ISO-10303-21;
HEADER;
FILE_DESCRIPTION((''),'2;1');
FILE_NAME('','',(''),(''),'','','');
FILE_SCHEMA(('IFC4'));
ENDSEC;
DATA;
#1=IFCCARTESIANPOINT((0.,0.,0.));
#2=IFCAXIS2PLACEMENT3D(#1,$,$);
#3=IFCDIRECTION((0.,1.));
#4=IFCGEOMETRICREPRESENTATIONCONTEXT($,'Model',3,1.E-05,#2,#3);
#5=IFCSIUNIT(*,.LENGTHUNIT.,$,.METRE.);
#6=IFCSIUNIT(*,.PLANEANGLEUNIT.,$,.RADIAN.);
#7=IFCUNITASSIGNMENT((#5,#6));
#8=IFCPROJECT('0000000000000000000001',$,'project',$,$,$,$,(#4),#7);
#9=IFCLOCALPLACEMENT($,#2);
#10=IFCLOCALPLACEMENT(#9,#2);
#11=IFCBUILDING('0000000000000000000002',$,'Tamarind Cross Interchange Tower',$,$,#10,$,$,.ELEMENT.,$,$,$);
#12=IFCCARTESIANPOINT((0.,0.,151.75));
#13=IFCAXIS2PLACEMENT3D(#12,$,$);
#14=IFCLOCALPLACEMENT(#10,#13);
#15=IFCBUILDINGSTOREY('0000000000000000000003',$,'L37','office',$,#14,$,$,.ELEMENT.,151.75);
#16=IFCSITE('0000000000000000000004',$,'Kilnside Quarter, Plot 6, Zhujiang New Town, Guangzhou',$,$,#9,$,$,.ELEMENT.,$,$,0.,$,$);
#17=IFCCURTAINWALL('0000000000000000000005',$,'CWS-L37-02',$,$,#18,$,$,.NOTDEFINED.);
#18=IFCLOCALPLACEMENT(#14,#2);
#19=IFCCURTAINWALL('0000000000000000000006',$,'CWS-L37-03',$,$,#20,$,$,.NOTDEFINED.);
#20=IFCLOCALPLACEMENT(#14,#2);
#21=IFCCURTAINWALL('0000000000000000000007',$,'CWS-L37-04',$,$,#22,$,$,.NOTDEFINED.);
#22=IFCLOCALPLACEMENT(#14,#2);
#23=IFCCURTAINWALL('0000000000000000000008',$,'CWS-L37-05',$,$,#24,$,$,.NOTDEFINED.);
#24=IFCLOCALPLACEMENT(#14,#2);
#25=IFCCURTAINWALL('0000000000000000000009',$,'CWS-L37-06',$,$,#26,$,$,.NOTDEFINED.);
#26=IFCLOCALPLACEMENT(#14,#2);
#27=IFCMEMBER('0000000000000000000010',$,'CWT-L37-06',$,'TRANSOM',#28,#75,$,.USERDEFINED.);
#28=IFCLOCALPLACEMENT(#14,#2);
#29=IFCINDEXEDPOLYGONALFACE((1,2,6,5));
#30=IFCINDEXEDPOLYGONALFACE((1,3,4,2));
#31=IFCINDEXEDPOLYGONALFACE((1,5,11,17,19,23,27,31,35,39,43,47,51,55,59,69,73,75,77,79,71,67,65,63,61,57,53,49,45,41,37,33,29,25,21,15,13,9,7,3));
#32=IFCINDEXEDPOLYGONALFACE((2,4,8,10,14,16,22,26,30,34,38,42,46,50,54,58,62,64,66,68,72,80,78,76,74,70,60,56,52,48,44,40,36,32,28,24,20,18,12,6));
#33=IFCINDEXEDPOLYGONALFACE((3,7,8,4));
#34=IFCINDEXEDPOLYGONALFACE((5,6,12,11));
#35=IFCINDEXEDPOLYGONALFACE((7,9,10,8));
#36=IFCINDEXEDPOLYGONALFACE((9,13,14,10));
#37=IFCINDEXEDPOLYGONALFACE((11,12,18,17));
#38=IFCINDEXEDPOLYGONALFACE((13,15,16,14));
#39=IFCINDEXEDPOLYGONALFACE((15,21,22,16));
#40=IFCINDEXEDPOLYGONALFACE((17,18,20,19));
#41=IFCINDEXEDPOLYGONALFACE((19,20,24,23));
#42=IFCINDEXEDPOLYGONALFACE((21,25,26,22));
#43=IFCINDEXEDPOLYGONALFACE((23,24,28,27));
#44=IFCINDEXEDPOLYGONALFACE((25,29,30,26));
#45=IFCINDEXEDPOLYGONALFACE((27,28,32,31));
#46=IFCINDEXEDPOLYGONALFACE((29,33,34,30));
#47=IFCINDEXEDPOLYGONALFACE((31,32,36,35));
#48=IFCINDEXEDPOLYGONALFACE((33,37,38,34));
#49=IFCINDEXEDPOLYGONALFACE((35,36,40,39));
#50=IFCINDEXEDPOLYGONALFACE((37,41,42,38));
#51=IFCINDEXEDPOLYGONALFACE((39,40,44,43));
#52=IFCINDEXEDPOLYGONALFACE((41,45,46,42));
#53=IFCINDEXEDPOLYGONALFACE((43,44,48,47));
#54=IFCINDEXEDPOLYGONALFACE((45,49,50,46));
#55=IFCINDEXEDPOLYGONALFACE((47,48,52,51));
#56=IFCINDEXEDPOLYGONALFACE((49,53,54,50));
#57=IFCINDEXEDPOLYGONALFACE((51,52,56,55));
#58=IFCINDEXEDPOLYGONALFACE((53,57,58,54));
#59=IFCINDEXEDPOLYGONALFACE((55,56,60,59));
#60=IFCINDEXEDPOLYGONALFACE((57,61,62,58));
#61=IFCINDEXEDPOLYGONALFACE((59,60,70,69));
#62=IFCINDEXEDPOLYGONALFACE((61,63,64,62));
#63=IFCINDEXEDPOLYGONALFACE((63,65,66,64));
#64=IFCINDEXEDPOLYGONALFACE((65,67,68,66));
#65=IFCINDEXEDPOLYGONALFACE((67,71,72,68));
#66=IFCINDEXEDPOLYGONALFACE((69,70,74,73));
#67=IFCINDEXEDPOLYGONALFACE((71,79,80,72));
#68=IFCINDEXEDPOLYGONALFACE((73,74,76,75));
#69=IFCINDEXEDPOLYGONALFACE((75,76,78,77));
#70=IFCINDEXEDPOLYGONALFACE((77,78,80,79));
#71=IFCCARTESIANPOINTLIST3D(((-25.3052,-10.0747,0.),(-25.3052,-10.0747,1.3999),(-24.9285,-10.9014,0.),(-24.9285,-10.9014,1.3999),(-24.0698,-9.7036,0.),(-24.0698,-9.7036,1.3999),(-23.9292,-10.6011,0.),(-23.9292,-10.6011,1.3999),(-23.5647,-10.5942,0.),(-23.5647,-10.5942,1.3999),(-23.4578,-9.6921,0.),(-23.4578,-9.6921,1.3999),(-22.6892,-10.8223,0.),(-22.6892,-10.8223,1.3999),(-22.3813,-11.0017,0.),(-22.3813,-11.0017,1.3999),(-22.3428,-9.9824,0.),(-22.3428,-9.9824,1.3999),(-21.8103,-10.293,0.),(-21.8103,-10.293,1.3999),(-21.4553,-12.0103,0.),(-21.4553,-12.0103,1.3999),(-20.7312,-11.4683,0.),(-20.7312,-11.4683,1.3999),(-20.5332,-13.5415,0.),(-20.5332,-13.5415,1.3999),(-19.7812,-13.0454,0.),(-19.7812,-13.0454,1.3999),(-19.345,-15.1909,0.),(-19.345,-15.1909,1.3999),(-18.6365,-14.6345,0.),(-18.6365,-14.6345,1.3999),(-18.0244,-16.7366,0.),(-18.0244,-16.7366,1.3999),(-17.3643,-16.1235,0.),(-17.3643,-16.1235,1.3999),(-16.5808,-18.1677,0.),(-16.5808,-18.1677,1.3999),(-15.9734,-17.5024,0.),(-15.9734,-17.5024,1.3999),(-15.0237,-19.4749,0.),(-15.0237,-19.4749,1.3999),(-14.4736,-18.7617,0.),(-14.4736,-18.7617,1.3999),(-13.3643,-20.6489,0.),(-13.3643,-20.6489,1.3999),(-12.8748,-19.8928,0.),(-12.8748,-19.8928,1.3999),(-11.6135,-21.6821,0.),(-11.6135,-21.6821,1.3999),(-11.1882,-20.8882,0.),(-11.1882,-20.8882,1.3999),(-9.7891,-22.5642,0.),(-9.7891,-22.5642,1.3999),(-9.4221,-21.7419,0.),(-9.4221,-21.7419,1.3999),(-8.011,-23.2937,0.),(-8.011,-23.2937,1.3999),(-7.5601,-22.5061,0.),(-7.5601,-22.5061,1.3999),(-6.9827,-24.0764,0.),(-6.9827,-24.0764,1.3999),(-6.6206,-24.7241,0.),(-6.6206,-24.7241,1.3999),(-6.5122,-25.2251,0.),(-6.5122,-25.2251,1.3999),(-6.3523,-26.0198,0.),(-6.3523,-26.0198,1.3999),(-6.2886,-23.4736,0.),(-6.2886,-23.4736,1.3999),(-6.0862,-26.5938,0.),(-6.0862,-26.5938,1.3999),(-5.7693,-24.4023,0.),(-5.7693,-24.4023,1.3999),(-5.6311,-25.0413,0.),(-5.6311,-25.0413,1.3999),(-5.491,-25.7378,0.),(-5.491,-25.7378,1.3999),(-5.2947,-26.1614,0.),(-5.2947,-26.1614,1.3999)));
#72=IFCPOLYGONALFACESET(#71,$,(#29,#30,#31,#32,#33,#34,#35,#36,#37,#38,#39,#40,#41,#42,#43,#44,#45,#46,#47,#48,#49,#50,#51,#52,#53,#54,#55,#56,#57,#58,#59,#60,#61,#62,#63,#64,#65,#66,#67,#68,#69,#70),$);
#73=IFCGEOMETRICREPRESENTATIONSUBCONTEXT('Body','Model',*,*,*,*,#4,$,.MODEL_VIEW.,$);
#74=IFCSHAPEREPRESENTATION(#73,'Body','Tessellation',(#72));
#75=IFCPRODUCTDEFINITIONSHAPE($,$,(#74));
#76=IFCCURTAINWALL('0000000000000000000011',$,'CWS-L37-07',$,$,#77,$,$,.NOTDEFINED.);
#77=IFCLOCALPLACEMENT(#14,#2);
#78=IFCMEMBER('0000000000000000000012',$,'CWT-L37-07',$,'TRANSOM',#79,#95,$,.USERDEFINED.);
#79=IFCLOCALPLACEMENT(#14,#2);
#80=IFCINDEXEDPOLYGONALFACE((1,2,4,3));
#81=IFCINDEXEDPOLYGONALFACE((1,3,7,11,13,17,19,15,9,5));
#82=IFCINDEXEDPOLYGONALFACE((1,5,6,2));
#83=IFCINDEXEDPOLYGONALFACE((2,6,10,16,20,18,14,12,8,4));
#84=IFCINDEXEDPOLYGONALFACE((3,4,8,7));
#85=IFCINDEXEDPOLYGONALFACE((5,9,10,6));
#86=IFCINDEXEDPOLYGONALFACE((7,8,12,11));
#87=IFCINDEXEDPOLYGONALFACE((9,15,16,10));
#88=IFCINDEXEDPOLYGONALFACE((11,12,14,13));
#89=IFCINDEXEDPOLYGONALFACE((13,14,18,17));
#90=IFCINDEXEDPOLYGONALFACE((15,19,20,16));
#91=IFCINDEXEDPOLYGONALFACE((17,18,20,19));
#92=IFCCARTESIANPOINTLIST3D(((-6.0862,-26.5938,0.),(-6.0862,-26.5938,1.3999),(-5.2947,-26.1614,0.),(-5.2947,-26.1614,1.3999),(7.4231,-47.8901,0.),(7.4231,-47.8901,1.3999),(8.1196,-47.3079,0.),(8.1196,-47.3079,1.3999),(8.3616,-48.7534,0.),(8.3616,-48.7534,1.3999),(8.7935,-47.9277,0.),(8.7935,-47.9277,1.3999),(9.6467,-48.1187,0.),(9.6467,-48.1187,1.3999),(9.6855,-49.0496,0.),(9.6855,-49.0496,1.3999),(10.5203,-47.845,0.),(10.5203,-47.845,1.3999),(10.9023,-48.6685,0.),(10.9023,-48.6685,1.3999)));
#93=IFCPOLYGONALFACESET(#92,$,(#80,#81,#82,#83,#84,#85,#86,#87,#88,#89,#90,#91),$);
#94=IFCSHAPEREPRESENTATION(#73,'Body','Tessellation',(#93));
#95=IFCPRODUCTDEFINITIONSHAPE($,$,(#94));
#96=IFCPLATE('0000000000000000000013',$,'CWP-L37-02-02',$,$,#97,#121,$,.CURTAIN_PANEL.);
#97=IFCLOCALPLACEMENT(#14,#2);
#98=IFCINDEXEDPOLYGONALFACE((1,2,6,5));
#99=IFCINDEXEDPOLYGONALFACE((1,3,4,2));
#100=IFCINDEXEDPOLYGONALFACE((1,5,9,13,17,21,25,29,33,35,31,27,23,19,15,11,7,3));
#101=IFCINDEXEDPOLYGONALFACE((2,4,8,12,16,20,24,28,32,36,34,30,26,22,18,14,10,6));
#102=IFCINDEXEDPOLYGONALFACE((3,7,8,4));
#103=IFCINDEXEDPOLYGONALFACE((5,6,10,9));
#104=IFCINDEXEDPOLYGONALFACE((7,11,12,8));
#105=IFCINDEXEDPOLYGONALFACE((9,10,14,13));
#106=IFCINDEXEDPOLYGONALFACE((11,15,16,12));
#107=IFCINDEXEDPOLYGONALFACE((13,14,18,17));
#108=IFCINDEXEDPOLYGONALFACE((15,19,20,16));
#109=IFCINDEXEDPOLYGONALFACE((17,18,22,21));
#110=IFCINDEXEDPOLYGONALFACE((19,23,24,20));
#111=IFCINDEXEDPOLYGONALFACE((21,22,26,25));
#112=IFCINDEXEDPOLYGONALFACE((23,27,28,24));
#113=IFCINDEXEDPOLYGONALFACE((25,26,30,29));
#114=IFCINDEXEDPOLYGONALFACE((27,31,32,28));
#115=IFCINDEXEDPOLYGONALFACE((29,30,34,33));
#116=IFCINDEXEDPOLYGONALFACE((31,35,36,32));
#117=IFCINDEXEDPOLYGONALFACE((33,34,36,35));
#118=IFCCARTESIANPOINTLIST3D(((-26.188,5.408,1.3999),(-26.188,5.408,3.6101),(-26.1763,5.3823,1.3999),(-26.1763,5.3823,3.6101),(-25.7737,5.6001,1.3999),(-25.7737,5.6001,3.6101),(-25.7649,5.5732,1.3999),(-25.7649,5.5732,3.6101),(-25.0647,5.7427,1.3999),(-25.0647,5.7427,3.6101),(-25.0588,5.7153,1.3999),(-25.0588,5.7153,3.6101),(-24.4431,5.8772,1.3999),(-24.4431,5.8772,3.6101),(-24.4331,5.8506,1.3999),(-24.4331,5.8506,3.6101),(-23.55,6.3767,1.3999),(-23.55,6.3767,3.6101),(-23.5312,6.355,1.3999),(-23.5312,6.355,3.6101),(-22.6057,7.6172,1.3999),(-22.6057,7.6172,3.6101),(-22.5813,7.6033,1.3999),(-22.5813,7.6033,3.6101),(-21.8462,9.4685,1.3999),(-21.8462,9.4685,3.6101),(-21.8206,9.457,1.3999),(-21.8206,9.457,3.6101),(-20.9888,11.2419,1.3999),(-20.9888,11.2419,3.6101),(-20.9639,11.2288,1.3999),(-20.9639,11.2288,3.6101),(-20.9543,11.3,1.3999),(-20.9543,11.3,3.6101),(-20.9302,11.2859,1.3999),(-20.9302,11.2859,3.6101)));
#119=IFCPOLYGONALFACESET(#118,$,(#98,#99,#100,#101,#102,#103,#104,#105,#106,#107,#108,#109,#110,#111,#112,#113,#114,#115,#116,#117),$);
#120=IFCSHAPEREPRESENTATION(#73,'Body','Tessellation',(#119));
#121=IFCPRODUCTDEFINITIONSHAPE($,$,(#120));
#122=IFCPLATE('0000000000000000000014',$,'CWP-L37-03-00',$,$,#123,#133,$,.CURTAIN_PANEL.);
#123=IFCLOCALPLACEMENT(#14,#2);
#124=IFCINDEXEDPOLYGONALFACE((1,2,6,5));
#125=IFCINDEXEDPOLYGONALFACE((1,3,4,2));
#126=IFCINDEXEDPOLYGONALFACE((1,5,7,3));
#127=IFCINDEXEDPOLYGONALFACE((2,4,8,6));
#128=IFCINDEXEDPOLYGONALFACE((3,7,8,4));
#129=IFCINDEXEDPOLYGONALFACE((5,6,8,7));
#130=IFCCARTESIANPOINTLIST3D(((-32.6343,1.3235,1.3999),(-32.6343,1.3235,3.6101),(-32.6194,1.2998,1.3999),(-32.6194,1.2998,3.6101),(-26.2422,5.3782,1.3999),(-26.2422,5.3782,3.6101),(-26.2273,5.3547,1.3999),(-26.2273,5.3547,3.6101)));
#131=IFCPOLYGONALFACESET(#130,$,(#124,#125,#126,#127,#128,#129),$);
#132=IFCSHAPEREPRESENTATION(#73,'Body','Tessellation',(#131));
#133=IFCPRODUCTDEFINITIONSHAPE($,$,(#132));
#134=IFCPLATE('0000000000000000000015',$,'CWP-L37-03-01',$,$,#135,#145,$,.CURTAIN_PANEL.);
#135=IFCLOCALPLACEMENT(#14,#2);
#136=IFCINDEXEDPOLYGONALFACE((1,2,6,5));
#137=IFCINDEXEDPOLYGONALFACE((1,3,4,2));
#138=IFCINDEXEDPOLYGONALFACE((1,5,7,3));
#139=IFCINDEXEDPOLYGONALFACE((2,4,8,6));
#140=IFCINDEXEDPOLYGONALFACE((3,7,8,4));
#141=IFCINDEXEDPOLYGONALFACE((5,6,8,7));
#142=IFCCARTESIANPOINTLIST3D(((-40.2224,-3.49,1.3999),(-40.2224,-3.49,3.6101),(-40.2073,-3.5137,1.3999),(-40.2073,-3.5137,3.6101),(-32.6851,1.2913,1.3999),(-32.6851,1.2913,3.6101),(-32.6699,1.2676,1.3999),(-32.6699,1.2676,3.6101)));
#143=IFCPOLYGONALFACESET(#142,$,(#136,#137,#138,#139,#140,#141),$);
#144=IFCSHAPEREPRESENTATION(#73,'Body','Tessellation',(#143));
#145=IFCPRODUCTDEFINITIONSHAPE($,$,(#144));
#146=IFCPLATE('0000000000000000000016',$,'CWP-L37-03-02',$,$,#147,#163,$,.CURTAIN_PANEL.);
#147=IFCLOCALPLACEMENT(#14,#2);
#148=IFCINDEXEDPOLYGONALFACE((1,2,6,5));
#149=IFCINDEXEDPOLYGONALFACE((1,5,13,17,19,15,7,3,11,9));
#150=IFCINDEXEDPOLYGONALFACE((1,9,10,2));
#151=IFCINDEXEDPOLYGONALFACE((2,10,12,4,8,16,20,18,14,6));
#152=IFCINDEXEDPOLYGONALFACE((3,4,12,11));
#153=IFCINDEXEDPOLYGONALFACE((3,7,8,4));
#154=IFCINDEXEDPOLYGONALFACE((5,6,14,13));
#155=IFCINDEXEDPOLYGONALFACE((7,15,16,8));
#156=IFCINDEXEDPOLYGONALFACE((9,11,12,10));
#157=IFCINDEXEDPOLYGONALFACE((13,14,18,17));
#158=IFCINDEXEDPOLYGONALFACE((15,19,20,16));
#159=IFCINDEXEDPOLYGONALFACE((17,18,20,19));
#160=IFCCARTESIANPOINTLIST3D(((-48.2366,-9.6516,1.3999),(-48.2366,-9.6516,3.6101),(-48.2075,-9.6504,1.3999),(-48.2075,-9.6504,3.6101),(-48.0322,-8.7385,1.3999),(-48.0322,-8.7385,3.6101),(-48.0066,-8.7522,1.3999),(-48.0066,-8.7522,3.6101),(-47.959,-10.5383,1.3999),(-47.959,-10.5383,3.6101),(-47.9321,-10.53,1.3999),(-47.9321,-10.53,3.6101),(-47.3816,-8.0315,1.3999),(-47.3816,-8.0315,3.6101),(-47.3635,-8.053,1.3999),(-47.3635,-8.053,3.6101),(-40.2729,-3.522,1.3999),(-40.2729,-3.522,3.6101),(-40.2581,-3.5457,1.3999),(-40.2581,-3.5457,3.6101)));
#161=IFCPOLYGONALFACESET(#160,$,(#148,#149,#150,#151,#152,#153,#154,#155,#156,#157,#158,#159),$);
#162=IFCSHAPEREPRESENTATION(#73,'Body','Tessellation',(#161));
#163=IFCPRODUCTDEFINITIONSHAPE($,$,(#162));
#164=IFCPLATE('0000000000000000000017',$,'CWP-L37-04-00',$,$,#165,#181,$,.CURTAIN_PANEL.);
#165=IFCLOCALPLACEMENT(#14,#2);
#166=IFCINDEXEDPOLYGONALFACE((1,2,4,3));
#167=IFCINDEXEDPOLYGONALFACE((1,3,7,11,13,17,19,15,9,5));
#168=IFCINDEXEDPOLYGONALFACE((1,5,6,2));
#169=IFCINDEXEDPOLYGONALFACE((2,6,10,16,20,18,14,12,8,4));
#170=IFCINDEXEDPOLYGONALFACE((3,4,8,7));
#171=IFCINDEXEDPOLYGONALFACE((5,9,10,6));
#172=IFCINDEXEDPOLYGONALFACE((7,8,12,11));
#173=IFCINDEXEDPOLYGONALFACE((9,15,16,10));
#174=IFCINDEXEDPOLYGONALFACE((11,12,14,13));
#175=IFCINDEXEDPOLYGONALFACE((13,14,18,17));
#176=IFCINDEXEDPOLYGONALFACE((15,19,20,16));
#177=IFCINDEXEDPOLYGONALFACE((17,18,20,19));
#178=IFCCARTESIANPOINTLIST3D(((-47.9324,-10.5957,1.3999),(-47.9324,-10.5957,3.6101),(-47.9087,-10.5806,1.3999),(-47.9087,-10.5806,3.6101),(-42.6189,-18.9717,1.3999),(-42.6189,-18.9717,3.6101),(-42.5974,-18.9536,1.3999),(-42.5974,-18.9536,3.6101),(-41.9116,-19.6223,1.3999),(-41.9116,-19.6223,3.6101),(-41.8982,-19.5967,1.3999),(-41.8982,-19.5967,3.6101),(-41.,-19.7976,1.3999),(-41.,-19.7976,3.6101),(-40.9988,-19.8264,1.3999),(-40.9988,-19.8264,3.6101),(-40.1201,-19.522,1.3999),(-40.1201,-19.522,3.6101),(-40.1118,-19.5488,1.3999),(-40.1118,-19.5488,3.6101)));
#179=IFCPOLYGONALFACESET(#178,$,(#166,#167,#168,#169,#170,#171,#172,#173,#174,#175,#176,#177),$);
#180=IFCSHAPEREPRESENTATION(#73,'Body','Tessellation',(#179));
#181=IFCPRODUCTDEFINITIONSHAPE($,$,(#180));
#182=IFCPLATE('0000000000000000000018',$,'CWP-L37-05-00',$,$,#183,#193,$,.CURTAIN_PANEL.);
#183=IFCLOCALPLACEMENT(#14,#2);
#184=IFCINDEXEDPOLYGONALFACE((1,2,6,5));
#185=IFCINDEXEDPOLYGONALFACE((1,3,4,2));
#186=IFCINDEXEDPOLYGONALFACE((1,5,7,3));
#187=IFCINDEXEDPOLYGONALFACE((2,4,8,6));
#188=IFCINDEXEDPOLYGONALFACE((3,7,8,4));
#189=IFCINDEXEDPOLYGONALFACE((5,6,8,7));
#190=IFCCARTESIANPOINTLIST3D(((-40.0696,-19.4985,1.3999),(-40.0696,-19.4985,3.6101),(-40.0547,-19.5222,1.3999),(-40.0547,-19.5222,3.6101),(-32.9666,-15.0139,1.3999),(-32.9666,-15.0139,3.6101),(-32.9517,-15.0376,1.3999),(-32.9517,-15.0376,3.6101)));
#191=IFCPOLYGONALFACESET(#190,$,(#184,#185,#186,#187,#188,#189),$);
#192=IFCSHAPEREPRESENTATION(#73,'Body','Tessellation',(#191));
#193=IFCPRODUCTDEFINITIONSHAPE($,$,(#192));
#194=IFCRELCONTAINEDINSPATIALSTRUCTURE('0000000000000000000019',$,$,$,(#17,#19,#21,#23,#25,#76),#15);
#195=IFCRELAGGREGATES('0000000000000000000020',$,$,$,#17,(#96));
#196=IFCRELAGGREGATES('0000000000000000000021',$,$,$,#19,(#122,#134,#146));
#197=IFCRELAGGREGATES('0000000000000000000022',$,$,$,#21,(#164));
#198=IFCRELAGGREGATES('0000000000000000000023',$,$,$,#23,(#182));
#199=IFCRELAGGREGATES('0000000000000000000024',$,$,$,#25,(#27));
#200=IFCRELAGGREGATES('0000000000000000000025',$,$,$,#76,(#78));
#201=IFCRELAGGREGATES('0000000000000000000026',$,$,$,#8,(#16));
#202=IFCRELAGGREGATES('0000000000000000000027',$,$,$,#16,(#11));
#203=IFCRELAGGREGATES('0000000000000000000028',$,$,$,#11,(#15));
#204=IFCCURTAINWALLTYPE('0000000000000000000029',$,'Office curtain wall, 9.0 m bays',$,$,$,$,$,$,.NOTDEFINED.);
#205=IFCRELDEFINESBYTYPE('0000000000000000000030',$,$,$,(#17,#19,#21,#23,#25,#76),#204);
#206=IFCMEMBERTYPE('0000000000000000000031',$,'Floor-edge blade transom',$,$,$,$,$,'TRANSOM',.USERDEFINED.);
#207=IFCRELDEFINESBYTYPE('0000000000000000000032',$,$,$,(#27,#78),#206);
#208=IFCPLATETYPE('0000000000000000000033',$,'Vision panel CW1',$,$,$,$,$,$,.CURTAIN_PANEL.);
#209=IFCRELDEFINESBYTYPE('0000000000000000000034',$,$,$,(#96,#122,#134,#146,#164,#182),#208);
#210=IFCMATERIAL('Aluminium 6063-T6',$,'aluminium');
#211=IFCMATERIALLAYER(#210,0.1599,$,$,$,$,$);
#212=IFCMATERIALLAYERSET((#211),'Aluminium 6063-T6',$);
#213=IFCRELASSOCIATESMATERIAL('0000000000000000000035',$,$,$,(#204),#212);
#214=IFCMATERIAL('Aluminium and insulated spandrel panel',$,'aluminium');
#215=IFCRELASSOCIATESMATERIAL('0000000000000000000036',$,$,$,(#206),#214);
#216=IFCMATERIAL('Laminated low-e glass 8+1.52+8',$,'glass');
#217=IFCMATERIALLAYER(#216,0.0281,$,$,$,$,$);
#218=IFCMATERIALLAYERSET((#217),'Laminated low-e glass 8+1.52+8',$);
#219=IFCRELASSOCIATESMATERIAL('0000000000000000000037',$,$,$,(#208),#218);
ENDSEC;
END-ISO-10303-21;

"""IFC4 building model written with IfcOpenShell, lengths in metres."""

from ifc_helpers import new_model, si_unit, direction, frame, origin, place, context, subcontext, project, spatial, polyline, outline, extrude, material, layer, layer_set, type_object, element, aggregate, save


model = new_model("IFC4")

# Units and contexts
model_context = context("Model", 3, precision=1e-05, world=origin(), true_north=direction((0.0, 1.0)))
body_context = subcontext(model_context, "Body", "Model", "MODEL_VIEW")
ifc_project = project(units=[si_unit("LENGTHUNIT", "METRE"), si_unit("PLANEANGLEUNIT", "RADIAN")], contexts=[model_context])

# Site, building, storey
site_placement = place(None, origin())
site = spatial("IfcSite", under=ifc_project, at=site_placement, Name="Kilnside Quarter, Plot 6, Zhujiang New Town, Guangzhou", CompositionType="ELEMENT", RefElevation=0.0)
building_placement = place(site_placement, origin())
building = spatial("IfcBuilding", under=site, at=building_placement, Name="Tamarind Cross Interchange Tower", CompositionType="ELEMENT")
storey_placement = place(building_placement, frame((0.0, 0.0, 151.75)))
storey = spatial("IfcBuildingStorey", under=building, at=storey_placement, Name="L37", Description="office", CompositionType="ELEMENT", Elevation=151.75)

# Curtain walls, members
ifc_material_1 = material(Name="Aluminium 6063-T6", Category="aluminium")
ifc_layer_1 = layer(ifc_material_1, 0.1599)
ifc_layer_set_1 = layer_set([ifc_layer_1], Name="Aluminium 6063-T6")
curtain_wall_type = type_object("IfcCurtainWallType", Name="Office curtain wall, 9.0 m bays", PredefinedType="NOTDEFINED", material=ifc_layer_set_1)
curtain_wall_1_placement = place(storey_placement, origin())
curtain_wall_1 = element("IfcCurtainWall", 1, at=curtain_wall_1_placement, inside=storey, type_object=curtain_wall_type, Name="CWS-L37-02", PredefinedType="NOTDEFINED")
ifc_material_2 = material(Name="Aluminium and insulated spandrel panel", Category="aluminium")
member_type = type_object("IfcMemberType", Name="Floor-edge blade transom", ElementType="TRANSOM", PredefinedType="USERDEFINED", material=ifc_material_2)
curtain_wall_2_placement = place(storey_placement, origin())
curtain_wall_2 = element("IfcCurtainWall", 2, at=curtain_wall_2_placement, inside=storey, type_object=curtain_wall_type, Name="CWS-L37-03", PredefinedType="NOTDEFINED")
curtain_wall_3_placement = place(storey_placement, origin())
curtain_wall_3 = element("IfcCurtainWall", 3, at=curtain_wall_3_placement, inside=storey, type_object=curtain_wall_type, Name="CWS-L37-04", PredefinedType="NOTDEFINED")
curtain_wall_4_placement = place(storey_placement, origin())
curtain_wall_4 = element("IfcCurtainWall", 4, at=curtain_wall_4_placement, inside=storey, type_object=curtain_wall_type, Name="CWS-L37-05", PredefinedType="NOTDEFINED")
curtain_wall_5_placement = place(storey_placement, origin())
curtain_wall_5 = element("IfcCurtainWall", 5, at=curtain_wall_5_placement, inside=storey, type_object=curtain_wall_type, Name="CWS-L37-06", PredefinedType="NOTDEFINED")
member_1_placement = place(storey_placement, origin())
member_1 = element("IfcMember", 6, at=member_1_placement, type_object=member_type, Name="CWT-L37-06", ObjectType="TRANSOM", PredefinedType="USERDEFINED", context=body_context, shape_type="SweptSolid", body=[
    extrude(outline(polyline([(-25.3052, -10.0747), (-24.0698, -9.7036), (-23.4578, -9.6921), (-22.3428, -9.9824), (-21.8103, -10.293), (-20.7312, -11.4683), (-19.7812, -13.0454), (-18.6365, -14.6345), (-17.3643, -16.1235), (-15.9734, -17.5024), (-14.4736, -18.7617), (-12.8748, -19.8928), (-11.1882, -20.8882), (-9.4221, -21.7419), (-7.5601, -22.5061), (-6.2886, -23.4736), (-5.7693, -24.4023), (-5.6311, -25.0413), (-5.491, -25.7378), (-5.2947, -26.1614), (-6.0862, -26.5938), (-6.3523, -26.0198), (-6.5122, -25.2251), (-6.6206, -24.7241), (-6.9827, -24.0764), (-8.011, -23.2937), (-9.7891, -22.5642), (-11.6135, -21.6821), (-13.3643, -20.6489), (-15.0237, -19.4749), (-16.5808, -18.1677), (-18.0244, -16.7366), (-19.345, -15.1909), (-20.5332, -13.5415), (-21.4553, -12.0103), (-22.3813, -11.0017), (-22.6892, -10.8223), (-23.5647, -10.5942), (-23.9292, -10.6011), (-24.9285, -10.9014), (-25.3052, -10.0747)])), origin(), (0.0, 0.0, 1.0), 1.3999),
])
curtain_wall_6_placement = place(storey_placement, origin())
curtain_wall_6 = element("IfcCurtainWall", 7, at=curtain_wall_6_placement, inside=storey, type_object=curtain_wall_type, Name="CWS-L37-07", PredefinedType="NOTDEFINED")
member_2_placement = place(storey_placement, origin())
member_2 = element("IfcMember", 8, at=member_2_placement, type_object=member_type, Name="CWT-L37-07", ObjectType="TRANSOM", PredefinedType="USERDEFINED", context=body_context, shape_type="SweptSolid", body=[
    extrude(outline(polyline([(-5.2947, -26.1614), (8.1196, -47.3079), (8.7935, -47.9277), (9.6467, -48.1187), (10.5203, -47.845), (10.9023, -48.6685), (9.6855, -49.0496), (8.3616, -48.7534), (7.4231, -47.8901), (-6.0862, -26.5938), (-5.2947, -26.1614)])), origin(), (0.0, 0.0, 1.0), 1.3999),
])

# Plates
ifc_material_3 = material(Name="Laminated low-e glass 8+1.52+8", Category="glass")
ifc_layer_2 = layer(ifc_material_3, 0.0281)
ifc_layer_set_2 = layer_set([ifc_layer_2], Name="Laminated low-e glass 8+1.52+8")
plate_type = type_object("IfcPlateType", Name="Vision panel CW1", PredefinedType="CURTAIN_PANEL", material=ifc_layer_set_2)
plate_1_placement = place(storey_placement, frame((0.0, 0.0, 1.3999)))
plate_1 = element("IfcPlate", 9, at=plate_1_placement, type_object=plate_type, Name="CWP-L37-02-02", PredefinedType="CURTAIN_PANEL", context=body_context, shape_type="SweptSolid", body=[
    extrude(outline(polyline([(-20.9302, 11.2859), (-20.9639, 11.2288), (-21.8206, 9.457), (-22.5813, 7.6033), (-23.5312, 6.355), (-24.4331, 5.8506), (-25.0588, 5.7153), (-25.7649, 5.5732), (-26.1763, 5.3823), (-26.188, 5.408), (-25.7737, 5.6001), (-25.0647, 5.7427), (-24.4431, 5.8772), (-23.55, 6.3767), (-22.6057, 7.6172), (-21.8462, 9.4685), (-20.9888, 11.2419), (-20.9543, 11.3), (-20.9302, 11.2859)])), origin(), (0.0, 0.0, 1.0), 2.2102),
])
aggregate(curtain_wall_1, [plate_1])
plate_2_placement = place(storey_placement, frame((0.0, 0.0, 1.3999)))
plate_2 = element("IfcPlate", 10, at=plate_2_placement, type_object=plate_type, Name="CWP-L37-03-00", PredefinedType="CURTAIN_PANEL", context=body_context, shape_type="SweptSolid", body=[
    extrude(outline(polyline([(-26.2273, 5.3547), (-32.6194, 1.2998), (-32.6343, 1.3235), (-26.2422, 5.3782), (-26.2273, 5.3547)])), origin(), (0.0, 0.0, 1.0), 2.2102),
])
plate_3_placement = place(storey_placement, frame((0.0, 0.0, 1.3999)))
plate_3 = element("IfcPlate", 11, at=plate_3_placement, type_object=plate_type, Name="CWP-L37-03-01", PredefinedType="CURTAIN_PANEL", context=body_context, shape_type="SweptSolid", body=[
    extrude(outline(polyline([(-32.6699, 1.2676), (-40.2073, -3.5137), (-40.2224, -3.49), (-32.6851, 1.2913), (-32.6699, 1.2676)])), origin(), (0.0, 0.0, 1.0), 2.2102),
])
plate_4_placement = place(storey_placement, frame((0.0, 0.0, 1.3999)))
plate_4 = element("IfcPlate", 12, at=plate_4_placement, type_object=plate_type, Name="CWP-L37-03-02", PredefinedType="CURTAIN_PANEL", context=body_context, shape_type="SweptSolid", body=[
    extrude(outline(polyline([(-40.2581, -3.5457), (-47.3635, -8.053), (-48.0066, -8.7522), (-48.2075, -9.6504), (-47.9321, -10.53), (-47.959, -10.5383), (-48.2366, -9.6516), (-48.0322, -8.7385), (-47.3816, -8.0315), (-40.2729, -3.522), (-40.2581, -3.5457)])), origin(), (0.0, 0.0, 1.0), 2.2102),
])
aggregate(curtain_wall_2, [plate_2, plate_3, plate_4])
plate_5_placement = place(storey_placement, frame((0.0, 0.0, 1.3999)))
plate_5 = element("IfcPlate", 13, at=plate_5_placement, type_object=plate_type, Name="CWP-L37-04-00", PredefinedType="CURTAIN_PANEL", context=body_context, shape_type="SweptSolid", body=[
    extrude(outline(polyline([(-47.9087, -10.5806), (-42.5974, -18.9536), (-41.8982, -19.5967), (-41.0, -19.7976), (-40.1201, -19.522), (-40.1118, -19.5488), (-40.9988, -19.8264), (-41.9116, -19.6223), (-42.6189, -18.9717), (-47.9324, -10.5957), (-47.9087, -10.5806)])), origin(), (0.0, 0.0, 1.0), 2.2102),
])
aggregate(curtain_wall_3, [plate_5])
plate_6_placement = place(storey_placement, frame((0.0, 0.0, 1.3999)))
plate_6 = element("IfcPlate", 14, at=plate_6_placement, type_object=plate_type, Name="CWP-L37-05-00", PredefinedType="CURTAIN_PANEL", context=body_context, shape_type="SweptSolid", body=[
    extrude(outline(polyline([(-40.0696, -19.4985), (-32.9666, -15.0139), (-32.9517, -15.0376), (-40.0547, -19.5222), (-40.0696, -19.4985)])), origin(), (0.0, 0.0, 1.0), 2.2102),
])
aggregate(curtain_wall_4, [plate_6])
aggregate(curtain_wall_5, [member_1])
aggregate(curtain_wall_6, [member_2])

save(model, "model.ifc")
